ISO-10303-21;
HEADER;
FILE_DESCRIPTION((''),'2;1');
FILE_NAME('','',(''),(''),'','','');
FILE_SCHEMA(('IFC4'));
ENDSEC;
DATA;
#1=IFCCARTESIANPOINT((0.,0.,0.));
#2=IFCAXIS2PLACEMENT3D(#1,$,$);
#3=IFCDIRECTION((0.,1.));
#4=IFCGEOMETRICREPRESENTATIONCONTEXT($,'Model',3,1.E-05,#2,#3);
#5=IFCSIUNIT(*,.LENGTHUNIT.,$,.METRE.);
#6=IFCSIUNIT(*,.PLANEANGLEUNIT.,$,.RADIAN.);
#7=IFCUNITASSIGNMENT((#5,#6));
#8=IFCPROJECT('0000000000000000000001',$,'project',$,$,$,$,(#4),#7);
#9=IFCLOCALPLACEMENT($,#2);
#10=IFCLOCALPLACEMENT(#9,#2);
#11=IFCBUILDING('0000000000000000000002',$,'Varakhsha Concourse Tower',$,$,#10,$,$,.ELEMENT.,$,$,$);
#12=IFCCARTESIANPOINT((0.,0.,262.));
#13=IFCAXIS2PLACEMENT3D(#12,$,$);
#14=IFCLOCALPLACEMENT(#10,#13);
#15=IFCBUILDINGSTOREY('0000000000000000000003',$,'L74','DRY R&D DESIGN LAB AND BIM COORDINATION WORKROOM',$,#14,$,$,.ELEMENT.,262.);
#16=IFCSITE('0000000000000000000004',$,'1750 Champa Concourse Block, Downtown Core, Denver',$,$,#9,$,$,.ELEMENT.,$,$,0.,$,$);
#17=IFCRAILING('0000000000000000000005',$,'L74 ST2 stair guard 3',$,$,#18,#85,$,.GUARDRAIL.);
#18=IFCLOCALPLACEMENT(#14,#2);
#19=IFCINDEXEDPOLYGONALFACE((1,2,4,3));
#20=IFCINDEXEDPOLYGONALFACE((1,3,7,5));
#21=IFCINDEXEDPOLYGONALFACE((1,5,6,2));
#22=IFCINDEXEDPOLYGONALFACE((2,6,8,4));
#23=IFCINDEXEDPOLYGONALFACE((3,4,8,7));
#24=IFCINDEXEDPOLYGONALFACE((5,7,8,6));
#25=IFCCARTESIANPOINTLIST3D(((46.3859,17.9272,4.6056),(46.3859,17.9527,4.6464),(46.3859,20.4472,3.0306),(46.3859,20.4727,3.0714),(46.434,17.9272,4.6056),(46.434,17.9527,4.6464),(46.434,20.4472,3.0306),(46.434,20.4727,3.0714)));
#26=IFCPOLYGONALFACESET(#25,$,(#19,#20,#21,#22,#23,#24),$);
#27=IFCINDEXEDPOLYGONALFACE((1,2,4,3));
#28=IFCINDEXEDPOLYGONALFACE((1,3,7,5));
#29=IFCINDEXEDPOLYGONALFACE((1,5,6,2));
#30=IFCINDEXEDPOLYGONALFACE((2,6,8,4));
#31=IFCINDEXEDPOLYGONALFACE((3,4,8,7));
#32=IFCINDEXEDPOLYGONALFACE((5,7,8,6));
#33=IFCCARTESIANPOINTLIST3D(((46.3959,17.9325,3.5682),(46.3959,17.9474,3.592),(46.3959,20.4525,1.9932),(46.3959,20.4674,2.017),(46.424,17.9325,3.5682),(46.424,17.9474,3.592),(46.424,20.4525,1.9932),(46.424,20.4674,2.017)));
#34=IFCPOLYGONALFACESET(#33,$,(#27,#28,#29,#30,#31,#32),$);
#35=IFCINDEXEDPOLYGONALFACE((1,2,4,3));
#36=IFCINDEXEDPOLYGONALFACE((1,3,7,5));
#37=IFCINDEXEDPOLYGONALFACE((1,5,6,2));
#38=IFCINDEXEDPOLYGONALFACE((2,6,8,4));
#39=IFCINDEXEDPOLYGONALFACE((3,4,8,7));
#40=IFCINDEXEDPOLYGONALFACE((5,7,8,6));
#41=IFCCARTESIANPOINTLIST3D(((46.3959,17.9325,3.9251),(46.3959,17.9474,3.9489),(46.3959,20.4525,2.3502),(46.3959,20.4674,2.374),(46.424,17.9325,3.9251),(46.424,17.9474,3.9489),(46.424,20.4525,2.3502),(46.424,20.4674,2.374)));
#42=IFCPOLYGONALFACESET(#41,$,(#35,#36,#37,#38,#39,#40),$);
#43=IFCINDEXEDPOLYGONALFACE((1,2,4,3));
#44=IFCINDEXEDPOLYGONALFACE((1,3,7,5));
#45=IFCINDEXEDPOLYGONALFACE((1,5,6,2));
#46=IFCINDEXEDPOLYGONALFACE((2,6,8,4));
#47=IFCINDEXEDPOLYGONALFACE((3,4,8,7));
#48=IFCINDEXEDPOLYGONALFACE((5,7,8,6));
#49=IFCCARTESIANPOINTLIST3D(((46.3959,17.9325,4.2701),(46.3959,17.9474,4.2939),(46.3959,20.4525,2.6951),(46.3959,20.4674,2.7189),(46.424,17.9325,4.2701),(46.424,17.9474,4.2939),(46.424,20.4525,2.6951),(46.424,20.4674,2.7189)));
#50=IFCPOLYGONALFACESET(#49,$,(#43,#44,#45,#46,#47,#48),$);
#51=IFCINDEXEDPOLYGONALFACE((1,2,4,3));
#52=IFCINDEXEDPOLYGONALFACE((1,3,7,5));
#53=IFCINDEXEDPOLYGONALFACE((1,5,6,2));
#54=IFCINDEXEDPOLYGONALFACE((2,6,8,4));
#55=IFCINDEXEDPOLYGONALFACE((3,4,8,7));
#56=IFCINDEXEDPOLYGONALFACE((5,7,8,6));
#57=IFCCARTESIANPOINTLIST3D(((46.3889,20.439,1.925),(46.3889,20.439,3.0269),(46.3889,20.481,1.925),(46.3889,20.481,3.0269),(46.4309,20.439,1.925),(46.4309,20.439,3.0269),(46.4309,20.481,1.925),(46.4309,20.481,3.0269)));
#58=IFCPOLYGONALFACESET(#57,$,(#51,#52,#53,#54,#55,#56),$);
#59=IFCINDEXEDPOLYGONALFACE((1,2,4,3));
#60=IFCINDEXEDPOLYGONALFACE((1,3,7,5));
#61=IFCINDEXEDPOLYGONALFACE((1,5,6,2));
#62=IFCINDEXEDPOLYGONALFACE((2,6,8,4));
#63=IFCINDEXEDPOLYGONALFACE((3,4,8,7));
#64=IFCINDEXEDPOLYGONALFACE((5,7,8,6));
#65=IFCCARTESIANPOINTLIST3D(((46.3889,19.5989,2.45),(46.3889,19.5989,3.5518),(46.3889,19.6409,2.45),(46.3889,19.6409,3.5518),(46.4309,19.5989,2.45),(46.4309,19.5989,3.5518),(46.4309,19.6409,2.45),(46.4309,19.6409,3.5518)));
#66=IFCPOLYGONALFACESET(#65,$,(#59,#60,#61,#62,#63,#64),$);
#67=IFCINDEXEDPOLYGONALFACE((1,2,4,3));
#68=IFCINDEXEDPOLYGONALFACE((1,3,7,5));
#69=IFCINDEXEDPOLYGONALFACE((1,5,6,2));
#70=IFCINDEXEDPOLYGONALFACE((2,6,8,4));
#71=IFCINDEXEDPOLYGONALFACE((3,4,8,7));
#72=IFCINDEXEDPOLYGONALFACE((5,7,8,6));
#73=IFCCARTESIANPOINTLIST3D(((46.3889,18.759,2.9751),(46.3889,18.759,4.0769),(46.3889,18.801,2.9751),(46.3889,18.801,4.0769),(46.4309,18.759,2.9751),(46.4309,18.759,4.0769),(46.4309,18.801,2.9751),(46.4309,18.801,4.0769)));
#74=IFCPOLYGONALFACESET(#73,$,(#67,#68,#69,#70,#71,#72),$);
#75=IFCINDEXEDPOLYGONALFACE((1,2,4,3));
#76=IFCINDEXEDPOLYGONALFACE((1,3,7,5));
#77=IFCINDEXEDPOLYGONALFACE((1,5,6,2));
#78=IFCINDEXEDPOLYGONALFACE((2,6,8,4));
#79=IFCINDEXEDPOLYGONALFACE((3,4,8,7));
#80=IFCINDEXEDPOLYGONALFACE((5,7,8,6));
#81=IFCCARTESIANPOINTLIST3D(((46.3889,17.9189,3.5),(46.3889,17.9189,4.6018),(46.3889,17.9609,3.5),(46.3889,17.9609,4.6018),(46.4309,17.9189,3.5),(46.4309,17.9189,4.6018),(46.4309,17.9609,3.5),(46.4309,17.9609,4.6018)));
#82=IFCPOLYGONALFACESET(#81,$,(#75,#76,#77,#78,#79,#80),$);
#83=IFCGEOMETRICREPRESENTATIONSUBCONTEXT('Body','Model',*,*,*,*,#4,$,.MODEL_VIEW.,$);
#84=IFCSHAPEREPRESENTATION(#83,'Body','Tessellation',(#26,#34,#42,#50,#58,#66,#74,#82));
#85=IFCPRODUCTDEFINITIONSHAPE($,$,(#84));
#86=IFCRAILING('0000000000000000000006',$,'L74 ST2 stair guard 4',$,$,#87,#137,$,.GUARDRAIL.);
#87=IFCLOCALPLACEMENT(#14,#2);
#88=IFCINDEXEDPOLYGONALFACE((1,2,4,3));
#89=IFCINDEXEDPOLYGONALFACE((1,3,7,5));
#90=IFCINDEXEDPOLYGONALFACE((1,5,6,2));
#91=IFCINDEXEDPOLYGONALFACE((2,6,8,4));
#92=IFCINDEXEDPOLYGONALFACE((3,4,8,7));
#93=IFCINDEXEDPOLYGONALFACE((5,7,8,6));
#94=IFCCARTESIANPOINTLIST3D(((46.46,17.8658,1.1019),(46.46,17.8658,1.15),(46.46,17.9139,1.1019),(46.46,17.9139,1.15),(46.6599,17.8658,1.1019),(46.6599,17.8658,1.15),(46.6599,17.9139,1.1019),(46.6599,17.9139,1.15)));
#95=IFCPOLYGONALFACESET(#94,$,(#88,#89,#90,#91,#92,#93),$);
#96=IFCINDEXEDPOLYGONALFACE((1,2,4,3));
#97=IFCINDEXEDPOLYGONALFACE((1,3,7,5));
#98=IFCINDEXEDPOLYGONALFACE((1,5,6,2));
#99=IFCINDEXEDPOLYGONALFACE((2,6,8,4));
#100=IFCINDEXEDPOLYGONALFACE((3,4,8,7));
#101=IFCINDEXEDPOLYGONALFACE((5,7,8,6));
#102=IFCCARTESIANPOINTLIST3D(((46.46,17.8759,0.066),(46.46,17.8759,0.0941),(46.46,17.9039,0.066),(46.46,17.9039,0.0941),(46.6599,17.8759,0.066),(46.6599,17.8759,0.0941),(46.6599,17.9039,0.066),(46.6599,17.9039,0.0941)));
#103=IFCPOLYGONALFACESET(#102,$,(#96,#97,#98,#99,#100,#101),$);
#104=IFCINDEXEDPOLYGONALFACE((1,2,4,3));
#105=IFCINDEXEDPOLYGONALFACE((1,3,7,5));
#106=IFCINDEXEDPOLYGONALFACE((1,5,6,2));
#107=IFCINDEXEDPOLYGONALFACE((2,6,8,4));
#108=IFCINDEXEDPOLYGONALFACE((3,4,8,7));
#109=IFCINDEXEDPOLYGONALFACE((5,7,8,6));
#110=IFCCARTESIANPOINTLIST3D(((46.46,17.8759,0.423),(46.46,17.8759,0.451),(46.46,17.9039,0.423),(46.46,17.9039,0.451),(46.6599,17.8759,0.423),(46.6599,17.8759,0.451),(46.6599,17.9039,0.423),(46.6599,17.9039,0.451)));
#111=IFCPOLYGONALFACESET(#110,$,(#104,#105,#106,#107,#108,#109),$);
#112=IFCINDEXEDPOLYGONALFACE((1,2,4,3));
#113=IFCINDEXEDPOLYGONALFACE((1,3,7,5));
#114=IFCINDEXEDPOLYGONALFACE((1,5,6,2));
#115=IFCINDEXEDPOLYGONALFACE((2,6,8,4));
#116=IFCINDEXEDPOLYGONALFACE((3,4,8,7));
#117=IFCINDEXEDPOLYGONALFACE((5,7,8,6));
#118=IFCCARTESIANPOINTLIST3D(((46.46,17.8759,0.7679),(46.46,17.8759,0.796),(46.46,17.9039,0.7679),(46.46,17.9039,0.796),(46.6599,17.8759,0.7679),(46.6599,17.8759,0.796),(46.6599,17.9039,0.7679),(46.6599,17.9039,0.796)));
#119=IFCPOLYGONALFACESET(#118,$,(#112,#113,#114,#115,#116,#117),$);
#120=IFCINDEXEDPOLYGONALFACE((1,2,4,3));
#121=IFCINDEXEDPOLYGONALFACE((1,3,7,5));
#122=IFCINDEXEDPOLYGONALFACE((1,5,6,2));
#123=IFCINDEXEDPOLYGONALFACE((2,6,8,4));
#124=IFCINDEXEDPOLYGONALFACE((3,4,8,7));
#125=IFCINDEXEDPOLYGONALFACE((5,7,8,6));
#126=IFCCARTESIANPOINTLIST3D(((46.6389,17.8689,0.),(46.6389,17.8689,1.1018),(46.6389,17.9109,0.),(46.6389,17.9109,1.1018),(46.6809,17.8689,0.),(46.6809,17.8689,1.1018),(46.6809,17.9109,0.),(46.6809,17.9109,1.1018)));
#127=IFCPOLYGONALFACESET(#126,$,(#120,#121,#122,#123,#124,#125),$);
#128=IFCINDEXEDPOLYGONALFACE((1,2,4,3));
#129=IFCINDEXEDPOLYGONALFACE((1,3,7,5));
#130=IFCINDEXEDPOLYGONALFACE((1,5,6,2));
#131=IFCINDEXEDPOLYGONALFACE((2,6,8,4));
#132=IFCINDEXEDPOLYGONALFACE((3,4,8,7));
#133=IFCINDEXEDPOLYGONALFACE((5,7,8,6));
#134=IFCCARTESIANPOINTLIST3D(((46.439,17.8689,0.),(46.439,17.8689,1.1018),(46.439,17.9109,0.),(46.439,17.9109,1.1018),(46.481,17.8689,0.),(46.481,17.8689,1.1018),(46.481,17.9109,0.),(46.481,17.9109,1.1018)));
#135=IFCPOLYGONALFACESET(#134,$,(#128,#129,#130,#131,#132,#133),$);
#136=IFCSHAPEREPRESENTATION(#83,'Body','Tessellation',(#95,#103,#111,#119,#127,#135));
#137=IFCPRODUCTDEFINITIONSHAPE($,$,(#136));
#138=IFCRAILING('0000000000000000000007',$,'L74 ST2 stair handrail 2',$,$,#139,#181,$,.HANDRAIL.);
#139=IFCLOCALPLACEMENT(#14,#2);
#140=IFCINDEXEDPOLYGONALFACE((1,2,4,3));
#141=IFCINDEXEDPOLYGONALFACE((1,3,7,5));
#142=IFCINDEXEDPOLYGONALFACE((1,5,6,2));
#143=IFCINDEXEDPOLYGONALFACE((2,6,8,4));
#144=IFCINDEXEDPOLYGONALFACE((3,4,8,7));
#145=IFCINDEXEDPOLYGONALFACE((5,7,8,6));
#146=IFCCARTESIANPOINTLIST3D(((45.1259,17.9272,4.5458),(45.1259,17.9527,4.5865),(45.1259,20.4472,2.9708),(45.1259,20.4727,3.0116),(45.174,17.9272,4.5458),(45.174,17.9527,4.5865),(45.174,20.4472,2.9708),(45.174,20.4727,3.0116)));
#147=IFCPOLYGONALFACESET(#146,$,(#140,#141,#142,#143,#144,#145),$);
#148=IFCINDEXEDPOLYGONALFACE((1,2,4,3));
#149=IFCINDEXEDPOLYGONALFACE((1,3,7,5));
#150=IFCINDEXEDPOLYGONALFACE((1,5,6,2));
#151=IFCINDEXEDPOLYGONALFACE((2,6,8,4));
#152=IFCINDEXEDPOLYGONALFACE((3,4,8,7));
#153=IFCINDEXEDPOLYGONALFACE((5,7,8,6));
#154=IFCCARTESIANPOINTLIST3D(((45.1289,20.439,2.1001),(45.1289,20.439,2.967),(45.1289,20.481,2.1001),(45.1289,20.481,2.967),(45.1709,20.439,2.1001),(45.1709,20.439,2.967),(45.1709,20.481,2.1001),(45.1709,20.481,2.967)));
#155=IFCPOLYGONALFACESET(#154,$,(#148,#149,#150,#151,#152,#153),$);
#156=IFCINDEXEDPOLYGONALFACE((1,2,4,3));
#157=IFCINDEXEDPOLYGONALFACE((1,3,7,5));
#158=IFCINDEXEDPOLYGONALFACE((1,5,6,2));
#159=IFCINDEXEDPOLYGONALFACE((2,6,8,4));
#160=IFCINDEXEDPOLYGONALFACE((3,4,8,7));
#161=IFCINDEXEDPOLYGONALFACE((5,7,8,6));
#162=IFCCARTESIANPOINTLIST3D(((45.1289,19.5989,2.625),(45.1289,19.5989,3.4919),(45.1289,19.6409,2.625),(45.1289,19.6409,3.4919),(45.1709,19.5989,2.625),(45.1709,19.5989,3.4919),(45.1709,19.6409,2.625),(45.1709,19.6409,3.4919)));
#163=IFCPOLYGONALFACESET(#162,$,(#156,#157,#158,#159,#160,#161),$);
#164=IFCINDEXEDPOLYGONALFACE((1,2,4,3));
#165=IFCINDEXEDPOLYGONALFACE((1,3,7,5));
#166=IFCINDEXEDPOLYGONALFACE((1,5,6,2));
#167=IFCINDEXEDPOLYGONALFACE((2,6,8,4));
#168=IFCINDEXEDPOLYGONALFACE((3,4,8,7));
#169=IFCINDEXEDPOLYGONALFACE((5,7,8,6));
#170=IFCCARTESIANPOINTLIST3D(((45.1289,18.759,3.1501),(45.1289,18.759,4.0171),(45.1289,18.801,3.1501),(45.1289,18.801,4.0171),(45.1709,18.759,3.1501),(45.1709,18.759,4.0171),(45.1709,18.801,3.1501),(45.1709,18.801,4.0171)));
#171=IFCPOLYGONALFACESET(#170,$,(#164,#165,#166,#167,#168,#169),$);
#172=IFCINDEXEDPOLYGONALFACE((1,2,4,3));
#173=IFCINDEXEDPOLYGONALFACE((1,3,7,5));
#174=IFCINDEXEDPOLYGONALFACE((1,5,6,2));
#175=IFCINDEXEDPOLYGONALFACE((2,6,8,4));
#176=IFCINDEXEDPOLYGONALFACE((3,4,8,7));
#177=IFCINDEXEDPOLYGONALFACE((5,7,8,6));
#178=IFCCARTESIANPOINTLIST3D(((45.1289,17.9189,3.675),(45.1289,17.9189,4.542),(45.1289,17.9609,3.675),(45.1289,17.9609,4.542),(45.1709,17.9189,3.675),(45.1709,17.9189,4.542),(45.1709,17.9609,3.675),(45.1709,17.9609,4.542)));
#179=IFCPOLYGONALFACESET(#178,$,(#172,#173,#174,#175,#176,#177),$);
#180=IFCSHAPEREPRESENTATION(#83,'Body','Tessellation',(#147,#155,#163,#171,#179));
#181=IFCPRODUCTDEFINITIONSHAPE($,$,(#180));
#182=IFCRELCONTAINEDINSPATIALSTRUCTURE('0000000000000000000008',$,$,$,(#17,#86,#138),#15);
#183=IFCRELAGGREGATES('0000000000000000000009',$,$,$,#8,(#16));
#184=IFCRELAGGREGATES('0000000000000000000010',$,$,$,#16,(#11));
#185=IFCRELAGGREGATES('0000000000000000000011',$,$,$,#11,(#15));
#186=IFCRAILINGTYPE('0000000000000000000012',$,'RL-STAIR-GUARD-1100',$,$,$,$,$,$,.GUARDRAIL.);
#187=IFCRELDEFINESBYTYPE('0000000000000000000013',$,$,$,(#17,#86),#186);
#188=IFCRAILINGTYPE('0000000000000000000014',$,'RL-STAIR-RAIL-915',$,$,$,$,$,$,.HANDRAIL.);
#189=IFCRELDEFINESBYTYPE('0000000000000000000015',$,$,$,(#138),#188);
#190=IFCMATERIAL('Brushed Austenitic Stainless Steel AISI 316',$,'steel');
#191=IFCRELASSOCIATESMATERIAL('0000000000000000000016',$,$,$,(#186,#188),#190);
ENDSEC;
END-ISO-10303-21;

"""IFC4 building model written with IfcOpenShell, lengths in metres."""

from ifc_helpers import new_model, si_unit, direction, frame, origin, origin_2d, place, context, subcontext, project, spatial, rectangle, extrude, material, type_object, element, save


model = new_model("IFC4")

# Units and contexts
model_context = context("Model", 3, precision=1e-05, world=origin(), true_north=direction((0.0, 1.0)))
body_context = subcontext(model_context, "Body", "Model", "MODEL_VIEW")
ifc_project = project(units=[si_unit("LENGTHUNIT", "METRE"), si_unit("PLANEANGLEUNIT", "RADIAN")], contexts=[model_context])

# Site, building, storey
site_placement = place(None, origin())
site = spatial("IfcSite", under=ifc_project, at=site_placement, Name="1750 Champa Concourse Block, Downtown Core, Denver", CompositionType="ELEMENT", RefElevation=0.0)
building_placement = place(site_placement, origin())
building = spatial("IfcBuilding", under=site, at=building_placement, Name="Varakhsha Concourse Tower", CompositionType="ELEMENT")
storey_placement = place(building_placement, frame((0.0, 0.0, 262.0)))
storey = spatial("IfcBuildingStorey", under=building, at=storey_placement, Name="L74", Description="DRY R&D DESIGN LAB AND BIM COORDINATION WORKROOM", CompositionType="ELEMENT", Elevation=262.0)

# Railings
ifc_material_1 = material(Name="Brushed Austenitic Stainless Steel AISI 316", Category="steel")
railing_type_1 = type_object("IfcRailingType", Name="RL-STAIR-GUARD-1100", PredefinedType="GUARDRAIL", material=ifc_material_1)
railing_1_placement = place(storey_placement, frame((46.4099, 20.46, 1.925)))
element("IfcRailing", 1, at=railing_1_placement, inside=storey, type_object=railing_type_1, Name="L74 ST2 stair guard 3", PredefinedType="GUARDRAIL", context=body_context, shape_type="SweptSolid", body=[
    extrude(rectangle(XDim=0.0481, YDim=0.0481, at=origin_2d()), frame((0.0, 0.0, 1.126), z_axis=(0.0, -0.848008, 0.529984), x_axis=(1.0, 0.0, 0.0)), (0.0, 0.0, 1.0), 2.9717),
    extrude(rectangle(XDim=0.0281, YDim=0.0281, at=origin_2d()), frame((0.0, 0.0, 0.0801), z_axis=(0.0, -0.848008, 0.529984), x_axis=(1.0, 0.0, 0.0)), (0.0, 0.0, 1.0), 2.9717),
    extrude(rectangle(XDim=0.0281, YDim=0.0281, at=origin_2d()), frame((0.0, 0.0, 0.437), z_axis=(0.0, -0.848008, 0.529984), x_axis=(1.0, 0.0, 0.0)), (0.0, 0.0, 1.0), 2.9717),
    extrude(rectangle(XDim=0.0281, YDim=0.0281, at=origin_2d()), frame((0.0, 0.0, 0.782), z_axis=(0.0, -0.848008, 0.529984), x_axis=(1.0, 0.0, 0.0)), (0.0, 0.0, 1.0), 2.9717),
    extrude(rectangle(XDim=0.042, YDim=0.042, at=origin_2d()), origin(), (0.0, 0.0, 1.0), 1.1018),
    extrude(rectangle(XDim=0.042, YDim=0.042, at=origin_2d()), frame((0.0, -0.8401, 0.5249)), (0.0, 0.0, 1.0), 1.1018),
    extrude(rectangle(XDim=0.042, YDim=0.042, at=origin_2d()), frame((0.0, -1.6799, 1.05)), (0.0, 0.0, 1.0), 1.1018),
    extrude(rectangle(XDim=0.042, YDim=0.042, at=origin_2d()), frame((0.0, -2.52, 1.575)), (0.0, 0.0, 1.0), 1.1018),
])
railing_2_placement = place(storey_placement, frame((46.6599, 17.8899, 0.0)))
element("IfcRailing", 2, at=railing_2_placement, inside=storey, type_object=railing_type_1, Name="L74 ST2 stair guard 4", PredefinedType="GUARDRAIL", context=body_context, shape_type="SweptSolid", body=[
    extrude(rectangle(XDim=0.0481, YDim=0.0481, at=origin_2d()), frame((0.0, 0.0, 1.126), z_axis=(-1.0, 0.0, 0.0), x_axis=(0.0, -1.0, 0.0)), (0.0, 0.0, 1.0), 0.2),
    extrude(rectangle(XDim=0.0281, YDim=0.0281, at=origin_2d()), frame((0.0, 0.0, 0.0801), z_axis=(-1.0, 0.0, 0.0), x_axis=(0.0, -1.0, 0.0)), (0.0, 0.0, 1.0), 0.2),
    extrude(rectangle(XDim=0.0281, YDim=0.0281, at=origin_2d()), frame((0.0, 0.0, 0.437), z_axis=(-1.0, 0.0, 0.0), x_axis=(0.0, -1.0, 0.0)), (0.0, 0.0, 1.0), 0.2),
    extrude(rectangle(XDim=0.0281, YDim=0.0281, at=origin_2d()), frame((0.0, 0.0, 0.782), z_axis=(-1.0, 0.0, 0.0), x_axis=(0.0, -1.0, 0.0)), (0.0, 0.0, 1.0), 0.2),
    extrude(rectangle(XDim=0.042, YDim=0.042, at=origin_2d()), origin(), (0.0, 0.0, 1.0), 1.1018),
    extrude(rectangle(XDim=0.042, YDim=0.042, at=origin_2d()), frame((-0.2, 0.0, 0.0)), (0.0, 0.0, 1.0), 1.1018),
])
railing_type_2 = type_object("IfcRailingType", Name="RL-STAIR-RAIL-915", PredefinedType="HANDRAIL", material=ifc_material_1)
railing_3_placement = place(storey_placement, frame((45.1499, 20.46, 2.1001)))
element("IfcRailing", 3, at=railing_3_placement, inside=storey, type_object=railing_type_2, Name="L74 ST2 stair handrail 2", PredefinedType="HANDRAIL", context=body_context, shape_type="SweptSolid", body=[
    extrude(rectangle(XDim=0.0481, YDim=0.0481, at=origin_2d()), frame((0.0, 0.0, 0.8911), z_axis=(0.0, -0.848008, 0.529984), x_axis=(1.0, 0.0, 0.0)), (0.0, 0.0, 1.0), 2.9717),
    extrude(rectangle(XDim=0.042, YDim=0.042, at=origin_2d()), origin(), (0.0, 0.0, 1.0), 0.8669),
    extrude(rectangle(XDim=0.042, YDim=0.042, at=origin_2d()), frame((0.0, -0.8401, 0.5249)), (0.0, 0.0, 1.0), 0.8669),
    extrude(rectangle(XDim=0.042, YDim=0.042, at=origin_2d()), frame((0.0, -1.6799, 1.05)), (0.0, 0.0, 1.0), 0.8669),
    extrude(rectangle(XDim=0.042, YDim=0.042, at=origin_2d()), frame((0.0, -2.52, 1.575)), (0.0, 0.0, 1.0), 0.8669),
])

save(model, "model.ifc")
